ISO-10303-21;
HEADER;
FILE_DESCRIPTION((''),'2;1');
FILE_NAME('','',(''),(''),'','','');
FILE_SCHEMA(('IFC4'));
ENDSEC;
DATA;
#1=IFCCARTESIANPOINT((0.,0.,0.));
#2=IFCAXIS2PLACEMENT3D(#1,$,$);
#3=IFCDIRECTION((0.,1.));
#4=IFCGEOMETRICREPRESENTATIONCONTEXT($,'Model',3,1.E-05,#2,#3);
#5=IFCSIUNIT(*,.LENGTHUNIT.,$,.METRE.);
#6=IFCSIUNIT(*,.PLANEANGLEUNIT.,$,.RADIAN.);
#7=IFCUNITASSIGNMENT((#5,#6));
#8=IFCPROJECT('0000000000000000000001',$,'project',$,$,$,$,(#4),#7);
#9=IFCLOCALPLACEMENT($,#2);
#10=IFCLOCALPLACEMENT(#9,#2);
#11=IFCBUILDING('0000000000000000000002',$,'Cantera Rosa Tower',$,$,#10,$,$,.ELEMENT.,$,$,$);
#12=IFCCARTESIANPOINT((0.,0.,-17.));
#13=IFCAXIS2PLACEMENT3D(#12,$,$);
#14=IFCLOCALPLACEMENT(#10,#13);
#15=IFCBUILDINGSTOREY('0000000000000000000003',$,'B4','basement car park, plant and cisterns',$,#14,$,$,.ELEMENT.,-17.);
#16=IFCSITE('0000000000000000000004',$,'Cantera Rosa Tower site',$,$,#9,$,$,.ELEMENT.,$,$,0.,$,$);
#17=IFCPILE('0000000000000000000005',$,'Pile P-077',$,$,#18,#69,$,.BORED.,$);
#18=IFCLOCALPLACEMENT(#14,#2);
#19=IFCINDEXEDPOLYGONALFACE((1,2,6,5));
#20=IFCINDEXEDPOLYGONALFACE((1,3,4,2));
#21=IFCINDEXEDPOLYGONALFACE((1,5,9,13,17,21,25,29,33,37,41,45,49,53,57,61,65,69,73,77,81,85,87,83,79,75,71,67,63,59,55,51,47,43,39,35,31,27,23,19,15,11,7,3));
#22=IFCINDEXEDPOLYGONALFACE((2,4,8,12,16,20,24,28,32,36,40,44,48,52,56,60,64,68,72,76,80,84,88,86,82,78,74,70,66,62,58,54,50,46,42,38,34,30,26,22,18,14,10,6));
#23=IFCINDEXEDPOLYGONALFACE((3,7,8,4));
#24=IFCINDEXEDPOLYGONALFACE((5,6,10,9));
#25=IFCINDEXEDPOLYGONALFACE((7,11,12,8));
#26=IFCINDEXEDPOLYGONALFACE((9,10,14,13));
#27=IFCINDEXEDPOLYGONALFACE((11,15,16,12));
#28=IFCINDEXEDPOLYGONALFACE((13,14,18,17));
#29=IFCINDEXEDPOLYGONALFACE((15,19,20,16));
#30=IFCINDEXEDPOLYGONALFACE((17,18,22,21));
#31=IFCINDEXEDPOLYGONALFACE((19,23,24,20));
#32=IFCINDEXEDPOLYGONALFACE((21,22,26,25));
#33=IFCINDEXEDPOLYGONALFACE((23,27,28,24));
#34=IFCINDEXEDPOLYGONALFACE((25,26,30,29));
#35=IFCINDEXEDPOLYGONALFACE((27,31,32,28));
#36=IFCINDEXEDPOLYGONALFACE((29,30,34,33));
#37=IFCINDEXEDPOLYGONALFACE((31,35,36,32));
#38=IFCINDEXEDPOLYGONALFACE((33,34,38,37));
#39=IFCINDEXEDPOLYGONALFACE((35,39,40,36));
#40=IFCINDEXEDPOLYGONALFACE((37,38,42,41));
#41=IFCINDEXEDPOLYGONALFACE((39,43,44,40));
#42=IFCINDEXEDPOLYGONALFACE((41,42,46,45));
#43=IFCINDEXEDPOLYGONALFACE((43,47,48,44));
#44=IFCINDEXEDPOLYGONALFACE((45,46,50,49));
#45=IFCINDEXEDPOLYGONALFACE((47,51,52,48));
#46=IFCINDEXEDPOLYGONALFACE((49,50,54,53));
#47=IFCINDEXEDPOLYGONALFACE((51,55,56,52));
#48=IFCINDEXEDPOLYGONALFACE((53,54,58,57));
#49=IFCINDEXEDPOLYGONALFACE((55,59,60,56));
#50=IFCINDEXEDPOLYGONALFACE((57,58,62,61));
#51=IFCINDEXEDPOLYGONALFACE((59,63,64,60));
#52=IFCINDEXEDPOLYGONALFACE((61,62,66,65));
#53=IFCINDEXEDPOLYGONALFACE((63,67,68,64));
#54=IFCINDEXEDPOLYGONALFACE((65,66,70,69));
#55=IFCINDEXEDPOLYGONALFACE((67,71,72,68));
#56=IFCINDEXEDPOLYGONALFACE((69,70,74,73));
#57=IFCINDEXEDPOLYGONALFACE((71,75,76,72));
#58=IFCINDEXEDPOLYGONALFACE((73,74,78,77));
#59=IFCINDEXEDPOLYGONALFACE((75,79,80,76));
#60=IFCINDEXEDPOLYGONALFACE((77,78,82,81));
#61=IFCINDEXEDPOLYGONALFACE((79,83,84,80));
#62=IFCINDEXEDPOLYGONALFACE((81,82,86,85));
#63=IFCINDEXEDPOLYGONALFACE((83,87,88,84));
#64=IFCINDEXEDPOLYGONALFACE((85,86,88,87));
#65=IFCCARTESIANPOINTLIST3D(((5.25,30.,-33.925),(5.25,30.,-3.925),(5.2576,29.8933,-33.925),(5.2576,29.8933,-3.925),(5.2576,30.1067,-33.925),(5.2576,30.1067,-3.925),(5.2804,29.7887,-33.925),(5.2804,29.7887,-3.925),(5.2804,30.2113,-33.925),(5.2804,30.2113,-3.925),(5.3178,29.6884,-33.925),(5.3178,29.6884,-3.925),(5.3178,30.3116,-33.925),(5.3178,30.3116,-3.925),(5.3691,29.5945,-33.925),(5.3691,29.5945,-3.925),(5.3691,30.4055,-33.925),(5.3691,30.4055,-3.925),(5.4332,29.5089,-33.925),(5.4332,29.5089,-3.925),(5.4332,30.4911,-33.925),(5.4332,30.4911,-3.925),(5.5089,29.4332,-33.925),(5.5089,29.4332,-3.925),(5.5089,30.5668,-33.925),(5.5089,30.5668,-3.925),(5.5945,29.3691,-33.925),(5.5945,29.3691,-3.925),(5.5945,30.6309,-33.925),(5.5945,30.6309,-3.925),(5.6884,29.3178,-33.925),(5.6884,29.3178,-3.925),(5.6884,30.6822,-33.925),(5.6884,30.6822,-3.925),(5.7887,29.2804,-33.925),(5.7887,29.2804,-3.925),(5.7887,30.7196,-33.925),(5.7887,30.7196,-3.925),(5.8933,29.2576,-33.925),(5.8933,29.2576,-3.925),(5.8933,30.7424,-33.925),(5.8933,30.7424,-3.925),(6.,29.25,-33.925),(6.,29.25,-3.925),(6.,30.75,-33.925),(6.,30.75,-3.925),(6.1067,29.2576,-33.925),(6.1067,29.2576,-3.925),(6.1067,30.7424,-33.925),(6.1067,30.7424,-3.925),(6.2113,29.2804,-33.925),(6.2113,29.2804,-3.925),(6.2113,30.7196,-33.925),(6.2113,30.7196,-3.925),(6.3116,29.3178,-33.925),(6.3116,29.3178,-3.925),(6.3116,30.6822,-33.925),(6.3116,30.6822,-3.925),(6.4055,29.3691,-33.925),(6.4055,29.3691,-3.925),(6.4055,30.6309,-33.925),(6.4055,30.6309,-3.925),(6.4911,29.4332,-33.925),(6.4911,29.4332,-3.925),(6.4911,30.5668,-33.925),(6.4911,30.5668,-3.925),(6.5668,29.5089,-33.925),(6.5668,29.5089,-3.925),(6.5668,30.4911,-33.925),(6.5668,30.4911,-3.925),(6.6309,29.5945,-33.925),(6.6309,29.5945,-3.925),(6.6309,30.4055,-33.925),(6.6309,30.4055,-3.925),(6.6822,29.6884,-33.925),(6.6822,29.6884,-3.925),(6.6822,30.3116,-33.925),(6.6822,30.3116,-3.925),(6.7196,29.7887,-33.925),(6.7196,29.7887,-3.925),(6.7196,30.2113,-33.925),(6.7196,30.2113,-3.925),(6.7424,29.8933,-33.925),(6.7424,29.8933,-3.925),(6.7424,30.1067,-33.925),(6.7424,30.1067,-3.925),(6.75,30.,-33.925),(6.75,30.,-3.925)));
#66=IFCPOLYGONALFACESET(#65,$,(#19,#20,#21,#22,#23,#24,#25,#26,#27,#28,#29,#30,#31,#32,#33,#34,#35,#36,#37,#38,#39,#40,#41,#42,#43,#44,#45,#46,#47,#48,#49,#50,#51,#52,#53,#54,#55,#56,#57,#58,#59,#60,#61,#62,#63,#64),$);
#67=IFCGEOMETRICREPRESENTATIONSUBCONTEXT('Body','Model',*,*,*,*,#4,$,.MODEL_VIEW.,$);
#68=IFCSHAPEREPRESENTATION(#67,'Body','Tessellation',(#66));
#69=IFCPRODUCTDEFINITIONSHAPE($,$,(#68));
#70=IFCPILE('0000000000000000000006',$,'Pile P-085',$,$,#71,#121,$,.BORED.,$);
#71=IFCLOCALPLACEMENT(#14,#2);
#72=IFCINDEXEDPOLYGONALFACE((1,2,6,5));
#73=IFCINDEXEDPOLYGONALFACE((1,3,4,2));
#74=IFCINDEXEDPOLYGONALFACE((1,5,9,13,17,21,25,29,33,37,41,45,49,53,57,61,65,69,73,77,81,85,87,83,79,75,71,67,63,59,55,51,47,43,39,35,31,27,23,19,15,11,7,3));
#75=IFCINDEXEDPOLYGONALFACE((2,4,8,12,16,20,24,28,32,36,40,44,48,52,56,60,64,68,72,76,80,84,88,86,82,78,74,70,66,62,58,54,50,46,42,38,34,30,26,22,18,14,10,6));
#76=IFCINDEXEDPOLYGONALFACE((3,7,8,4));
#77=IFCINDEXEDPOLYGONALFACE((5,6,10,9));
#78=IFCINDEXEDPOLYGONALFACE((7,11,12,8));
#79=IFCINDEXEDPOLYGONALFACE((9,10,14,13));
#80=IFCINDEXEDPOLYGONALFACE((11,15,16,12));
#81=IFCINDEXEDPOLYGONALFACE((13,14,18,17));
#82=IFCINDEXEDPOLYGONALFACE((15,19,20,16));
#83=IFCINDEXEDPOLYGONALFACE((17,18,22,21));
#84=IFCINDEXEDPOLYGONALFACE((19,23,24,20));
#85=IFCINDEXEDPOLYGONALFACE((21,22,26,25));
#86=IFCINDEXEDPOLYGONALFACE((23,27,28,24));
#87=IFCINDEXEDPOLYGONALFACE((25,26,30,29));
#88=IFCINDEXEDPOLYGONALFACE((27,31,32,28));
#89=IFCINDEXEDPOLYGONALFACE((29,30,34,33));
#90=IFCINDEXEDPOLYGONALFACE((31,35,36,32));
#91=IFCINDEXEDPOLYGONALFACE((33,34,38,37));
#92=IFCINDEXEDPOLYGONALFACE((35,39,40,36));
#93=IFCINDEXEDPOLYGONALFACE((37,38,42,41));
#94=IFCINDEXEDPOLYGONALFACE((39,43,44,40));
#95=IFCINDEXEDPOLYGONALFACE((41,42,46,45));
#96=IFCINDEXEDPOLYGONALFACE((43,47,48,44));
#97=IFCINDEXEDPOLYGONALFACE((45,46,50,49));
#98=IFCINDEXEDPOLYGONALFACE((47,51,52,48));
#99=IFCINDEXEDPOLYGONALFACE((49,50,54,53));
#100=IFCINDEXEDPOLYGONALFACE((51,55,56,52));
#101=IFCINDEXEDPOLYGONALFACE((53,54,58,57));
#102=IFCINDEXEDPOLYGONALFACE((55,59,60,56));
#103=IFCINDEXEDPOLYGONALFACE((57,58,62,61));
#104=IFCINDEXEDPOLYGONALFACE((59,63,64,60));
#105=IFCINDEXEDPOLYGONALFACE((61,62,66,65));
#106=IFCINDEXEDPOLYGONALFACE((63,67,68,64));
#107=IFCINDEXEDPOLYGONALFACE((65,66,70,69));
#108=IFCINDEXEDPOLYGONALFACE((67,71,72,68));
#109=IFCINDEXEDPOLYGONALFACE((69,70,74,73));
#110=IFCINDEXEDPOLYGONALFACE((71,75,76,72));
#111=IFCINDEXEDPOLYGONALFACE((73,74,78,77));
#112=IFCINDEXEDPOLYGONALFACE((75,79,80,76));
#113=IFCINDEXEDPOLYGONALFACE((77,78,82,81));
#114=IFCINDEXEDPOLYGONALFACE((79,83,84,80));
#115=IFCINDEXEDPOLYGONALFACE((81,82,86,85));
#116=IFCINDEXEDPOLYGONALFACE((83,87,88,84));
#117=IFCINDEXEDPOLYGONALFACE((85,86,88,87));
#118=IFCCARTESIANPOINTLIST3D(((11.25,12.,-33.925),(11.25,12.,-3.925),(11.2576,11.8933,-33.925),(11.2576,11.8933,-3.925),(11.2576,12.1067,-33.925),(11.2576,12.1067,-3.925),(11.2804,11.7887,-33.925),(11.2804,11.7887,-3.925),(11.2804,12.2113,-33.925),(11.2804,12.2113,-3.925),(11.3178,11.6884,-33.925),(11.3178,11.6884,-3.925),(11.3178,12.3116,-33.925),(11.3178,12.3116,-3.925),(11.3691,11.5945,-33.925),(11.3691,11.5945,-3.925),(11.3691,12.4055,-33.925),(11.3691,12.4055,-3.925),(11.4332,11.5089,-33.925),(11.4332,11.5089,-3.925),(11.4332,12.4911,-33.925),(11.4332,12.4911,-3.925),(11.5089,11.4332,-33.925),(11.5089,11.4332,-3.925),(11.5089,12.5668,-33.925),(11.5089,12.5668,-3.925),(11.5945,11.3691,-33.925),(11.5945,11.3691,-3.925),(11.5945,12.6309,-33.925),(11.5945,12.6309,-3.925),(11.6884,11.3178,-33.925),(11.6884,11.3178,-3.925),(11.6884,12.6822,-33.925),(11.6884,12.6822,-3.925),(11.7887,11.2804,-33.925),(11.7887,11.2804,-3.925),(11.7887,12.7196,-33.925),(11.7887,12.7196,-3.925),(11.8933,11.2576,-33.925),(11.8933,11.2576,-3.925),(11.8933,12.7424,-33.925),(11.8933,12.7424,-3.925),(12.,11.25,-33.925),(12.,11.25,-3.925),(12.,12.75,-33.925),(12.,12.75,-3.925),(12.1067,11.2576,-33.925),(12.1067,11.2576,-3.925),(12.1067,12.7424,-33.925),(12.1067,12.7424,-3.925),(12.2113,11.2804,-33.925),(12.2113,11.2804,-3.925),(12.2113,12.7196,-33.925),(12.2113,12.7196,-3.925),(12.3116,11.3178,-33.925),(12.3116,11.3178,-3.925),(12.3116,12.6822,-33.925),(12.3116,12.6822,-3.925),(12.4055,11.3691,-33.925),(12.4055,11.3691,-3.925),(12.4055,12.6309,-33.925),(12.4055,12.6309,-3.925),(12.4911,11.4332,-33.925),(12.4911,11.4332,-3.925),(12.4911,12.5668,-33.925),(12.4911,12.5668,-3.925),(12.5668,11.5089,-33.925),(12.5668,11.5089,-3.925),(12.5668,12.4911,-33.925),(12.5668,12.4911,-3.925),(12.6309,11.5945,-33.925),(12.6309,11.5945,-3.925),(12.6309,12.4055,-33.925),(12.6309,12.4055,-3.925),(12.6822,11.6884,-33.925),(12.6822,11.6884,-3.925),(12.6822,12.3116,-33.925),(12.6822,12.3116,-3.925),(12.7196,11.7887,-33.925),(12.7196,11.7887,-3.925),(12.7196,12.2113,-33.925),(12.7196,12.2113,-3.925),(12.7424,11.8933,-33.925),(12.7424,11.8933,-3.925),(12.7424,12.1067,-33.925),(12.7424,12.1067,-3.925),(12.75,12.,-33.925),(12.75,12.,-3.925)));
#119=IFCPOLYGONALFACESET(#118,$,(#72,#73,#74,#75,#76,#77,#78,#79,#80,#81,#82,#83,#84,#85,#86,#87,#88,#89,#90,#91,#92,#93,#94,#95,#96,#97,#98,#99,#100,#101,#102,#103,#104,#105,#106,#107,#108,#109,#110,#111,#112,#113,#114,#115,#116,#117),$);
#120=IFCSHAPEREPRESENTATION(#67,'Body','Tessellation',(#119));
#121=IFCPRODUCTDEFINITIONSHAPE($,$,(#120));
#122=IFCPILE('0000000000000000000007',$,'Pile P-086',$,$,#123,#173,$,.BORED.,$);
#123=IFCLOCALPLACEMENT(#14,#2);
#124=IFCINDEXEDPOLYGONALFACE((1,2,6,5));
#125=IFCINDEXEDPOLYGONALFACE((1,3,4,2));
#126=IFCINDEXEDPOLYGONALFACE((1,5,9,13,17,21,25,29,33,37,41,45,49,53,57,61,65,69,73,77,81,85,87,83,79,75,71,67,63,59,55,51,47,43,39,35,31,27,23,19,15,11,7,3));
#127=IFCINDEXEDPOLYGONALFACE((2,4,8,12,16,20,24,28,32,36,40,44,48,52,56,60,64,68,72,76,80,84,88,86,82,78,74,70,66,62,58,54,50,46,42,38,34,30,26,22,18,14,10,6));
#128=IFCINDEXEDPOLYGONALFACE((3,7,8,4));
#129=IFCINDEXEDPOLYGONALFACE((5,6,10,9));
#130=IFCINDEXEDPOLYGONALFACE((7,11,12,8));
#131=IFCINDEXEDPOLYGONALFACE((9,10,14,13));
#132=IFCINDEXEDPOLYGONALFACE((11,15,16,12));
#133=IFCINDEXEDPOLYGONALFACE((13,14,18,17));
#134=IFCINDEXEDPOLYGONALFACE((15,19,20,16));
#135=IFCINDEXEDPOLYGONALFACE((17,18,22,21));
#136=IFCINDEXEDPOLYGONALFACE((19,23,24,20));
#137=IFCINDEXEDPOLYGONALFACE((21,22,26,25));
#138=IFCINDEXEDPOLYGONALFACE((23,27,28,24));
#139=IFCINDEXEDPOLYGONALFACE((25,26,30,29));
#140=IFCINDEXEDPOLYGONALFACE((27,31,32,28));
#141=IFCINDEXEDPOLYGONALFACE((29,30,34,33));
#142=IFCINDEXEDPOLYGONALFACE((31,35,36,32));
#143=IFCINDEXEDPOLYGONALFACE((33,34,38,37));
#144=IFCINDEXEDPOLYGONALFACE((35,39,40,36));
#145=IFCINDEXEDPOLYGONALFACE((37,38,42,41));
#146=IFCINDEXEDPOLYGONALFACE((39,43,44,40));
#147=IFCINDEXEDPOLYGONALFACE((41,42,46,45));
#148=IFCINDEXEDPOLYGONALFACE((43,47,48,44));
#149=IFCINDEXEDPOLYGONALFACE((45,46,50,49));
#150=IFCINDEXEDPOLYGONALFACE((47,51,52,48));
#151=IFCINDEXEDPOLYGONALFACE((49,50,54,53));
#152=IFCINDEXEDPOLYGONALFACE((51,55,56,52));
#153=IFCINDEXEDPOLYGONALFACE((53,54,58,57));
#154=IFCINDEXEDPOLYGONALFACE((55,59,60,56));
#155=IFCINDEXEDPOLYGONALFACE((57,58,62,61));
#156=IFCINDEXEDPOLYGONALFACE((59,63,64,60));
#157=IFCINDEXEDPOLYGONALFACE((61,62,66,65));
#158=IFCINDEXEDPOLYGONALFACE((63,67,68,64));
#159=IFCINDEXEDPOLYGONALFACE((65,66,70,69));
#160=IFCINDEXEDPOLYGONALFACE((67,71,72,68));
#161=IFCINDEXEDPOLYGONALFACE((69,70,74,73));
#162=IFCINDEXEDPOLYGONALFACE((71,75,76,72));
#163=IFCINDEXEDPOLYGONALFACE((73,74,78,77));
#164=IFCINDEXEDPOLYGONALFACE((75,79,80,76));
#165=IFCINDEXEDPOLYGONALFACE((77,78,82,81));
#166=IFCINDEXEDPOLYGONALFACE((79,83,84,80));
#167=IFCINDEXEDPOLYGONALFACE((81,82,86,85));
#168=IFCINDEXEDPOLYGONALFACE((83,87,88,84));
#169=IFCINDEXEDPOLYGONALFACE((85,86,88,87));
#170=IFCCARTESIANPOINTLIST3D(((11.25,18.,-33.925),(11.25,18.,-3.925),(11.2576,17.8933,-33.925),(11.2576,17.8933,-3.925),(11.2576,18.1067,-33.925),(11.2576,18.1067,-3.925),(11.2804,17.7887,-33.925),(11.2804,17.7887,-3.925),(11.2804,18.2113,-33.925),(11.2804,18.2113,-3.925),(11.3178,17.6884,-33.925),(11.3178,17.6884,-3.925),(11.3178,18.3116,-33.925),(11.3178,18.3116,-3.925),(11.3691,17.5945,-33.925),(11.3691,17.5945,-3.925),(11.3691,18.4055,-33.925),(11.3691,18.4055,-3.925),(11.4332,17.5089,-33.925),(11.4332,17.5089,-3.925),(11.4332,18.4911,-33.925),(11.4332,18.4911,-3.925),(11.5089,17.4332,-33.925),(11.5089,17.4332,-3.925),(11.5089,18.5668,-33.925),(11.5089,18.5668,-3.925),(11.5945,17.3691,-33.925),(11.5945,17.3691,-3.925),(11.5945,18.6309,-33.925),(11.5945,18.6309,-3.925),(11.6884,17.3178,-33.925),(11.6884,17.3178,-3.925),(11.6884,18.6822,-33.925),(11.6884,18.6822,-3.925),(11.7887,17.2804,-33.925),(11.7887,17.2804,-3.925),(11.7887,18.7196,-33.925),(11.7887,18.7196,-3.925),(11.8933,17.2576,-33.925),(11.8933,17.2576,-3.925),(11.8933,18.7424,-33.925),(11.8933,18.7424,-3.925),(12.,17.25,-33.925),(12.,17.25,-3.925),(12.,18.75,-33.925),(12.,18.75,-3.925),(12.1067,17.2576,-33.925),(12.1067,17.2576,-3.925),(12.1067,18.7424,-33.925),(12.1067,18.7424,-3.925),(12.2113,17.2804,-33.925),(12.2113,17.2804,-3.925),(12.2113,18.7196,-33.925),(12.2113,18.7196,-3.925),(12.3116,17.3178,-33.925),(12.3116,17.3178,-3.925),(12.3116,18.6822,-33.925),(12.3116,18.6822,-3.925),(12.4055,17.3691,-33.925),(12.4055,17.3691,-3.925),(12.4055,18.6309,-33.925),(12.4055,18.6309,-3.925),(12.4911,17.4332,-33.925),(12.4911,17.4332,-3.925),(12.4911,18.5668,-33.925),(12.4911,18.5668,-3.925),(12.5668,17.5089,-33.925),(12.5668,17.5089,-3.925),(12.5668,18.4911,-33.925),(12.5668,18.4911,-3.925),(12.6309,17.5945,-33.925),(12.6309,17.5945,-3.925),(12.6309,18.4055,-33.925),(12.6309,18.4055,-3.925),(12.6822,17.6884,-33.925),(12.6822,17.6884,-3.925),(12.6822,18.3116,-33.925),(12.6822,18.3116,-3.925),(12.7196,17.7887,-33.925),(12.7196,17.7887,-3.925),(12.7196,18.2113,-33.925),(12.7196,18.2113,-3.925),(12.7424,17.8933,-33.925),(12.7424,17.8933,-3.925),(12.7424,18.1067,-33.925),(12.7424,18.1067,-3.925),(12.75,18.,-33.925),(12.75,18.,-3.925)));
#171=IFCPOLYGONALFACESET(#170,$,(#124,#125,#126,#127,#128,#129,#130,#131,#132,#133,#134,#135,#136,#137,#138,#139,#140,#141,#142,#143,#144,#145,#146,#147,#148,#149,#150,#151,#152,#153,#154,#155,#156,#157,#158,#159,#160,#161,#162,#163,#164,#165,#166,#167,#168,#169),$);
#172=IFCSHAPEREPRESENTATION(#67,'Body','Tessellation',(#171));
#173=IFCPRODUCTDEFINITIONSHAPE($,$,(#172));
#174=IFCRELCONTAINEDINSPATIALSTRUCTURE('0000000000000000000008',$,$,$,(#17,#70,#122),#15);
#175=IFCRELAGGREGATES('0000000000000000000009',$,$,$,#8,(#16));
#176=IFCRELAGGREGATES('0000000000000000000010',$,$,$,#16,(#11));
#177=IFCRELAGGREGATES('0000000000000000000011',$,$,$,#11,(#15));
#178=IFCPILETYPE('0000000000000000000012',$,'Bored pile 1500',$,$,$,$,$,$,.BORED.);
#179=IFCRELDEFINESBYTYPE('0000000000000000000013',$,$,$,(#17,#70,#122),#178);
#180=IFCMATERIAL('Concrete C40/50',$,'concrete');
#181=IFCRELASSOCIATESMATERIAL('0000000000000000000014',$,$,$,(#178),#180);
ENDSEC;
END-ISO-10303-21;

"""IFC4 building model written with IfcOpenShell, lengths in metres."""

from ifc_helpers import new_model, si_unit, direction, frame, origin, origin_2d, place, context, subcontext, project, spatial, circle, extrude, material, material_profile, profile_set, type_object, element, save


model = new_model("IFC4")

# Units and contexts
model_context = context("Model", 3, precision=1e-05, world=origin(), true_north=direction((0.0, 1.0)))
body_context = subcontext(model_context, "Body", "Model", "MODEL_VIEW")
ifc_project = project(units=[si_unit("LENGTHUNIT", "METRE"), si_unit("PLANEANGLEUNIT", "RADIAN")], contexts=[model_context])

# Site, building, storey
site_placement = place(None, origin())
site = spatial("IfcSite", under=ifc_project, at=site_placement, Name="Cantera Rosa Tower site", CompositionType="ELEMENT", RefElevation=0.0)
building_placement = place(site_placement, origin())
building = spatial("IfcBuilding", under=site, at=building_placement, Name="Cantera Rosa Tower", CompositionType="ELEMENT")
storey_placement = place(building_placement, frame((0.0, 0.0, -17.0)))
storey = spatial("IfcBuildingStorey", under=building, at=storey_placement, Name="B4", Description="basement car park, plant and cisterns", CompositionType="ELEMENT", Elevation=-17.0)

# Piles
ifc_material_1 = material(Name="Concrete C40/50", Category="concrete")
ifc_material_profile_1 = material_profile(ifc_material_1, circle(Radius=0.75, at=origin_2d()), Name="Bored pile 1500")
ifc_profile_set_1 = profile_set([ifc_material_profile_1], Name="Concrete C40/50")
pile_type = type_object("IfcPileType", Name="Bored pile 1500", PredefinedType="BORED", material=ifc_profile_set_1)
for number, where, z_axis, x_axis, name in (
    (1, (6.0, 30.0, -3.925), (0.0, 0.0, -1.0), (1.0, 0.0, 0.0), "Pile P-077"),
    (2, (12.0, 12.0, -3.925), (0.0, 0.0, -1.0), (1.0, 0.0, 0.0), "Pile P-085"),
    (3, (12.0, 18.0, -3.925), (0.0, 0.0, -1.0), (1.0, 0.0, 0.0), "Pile P-086"),
):
    element("IfcPile", number, at=place(storey_placement, frame(where, z_axis=z_axis, x_axis=x_axis)), inside=storey, type_object=pile_type, Name=name, PredefinedType="BORED", context=body_context, shape_type="SweptSolid", body=[
        extrude(circle(Radius=0.75, at=origin_2d()), origin(), (0.0, 0.0, 1.0), 30.0),
    ])

save(model, "model.ifc")
